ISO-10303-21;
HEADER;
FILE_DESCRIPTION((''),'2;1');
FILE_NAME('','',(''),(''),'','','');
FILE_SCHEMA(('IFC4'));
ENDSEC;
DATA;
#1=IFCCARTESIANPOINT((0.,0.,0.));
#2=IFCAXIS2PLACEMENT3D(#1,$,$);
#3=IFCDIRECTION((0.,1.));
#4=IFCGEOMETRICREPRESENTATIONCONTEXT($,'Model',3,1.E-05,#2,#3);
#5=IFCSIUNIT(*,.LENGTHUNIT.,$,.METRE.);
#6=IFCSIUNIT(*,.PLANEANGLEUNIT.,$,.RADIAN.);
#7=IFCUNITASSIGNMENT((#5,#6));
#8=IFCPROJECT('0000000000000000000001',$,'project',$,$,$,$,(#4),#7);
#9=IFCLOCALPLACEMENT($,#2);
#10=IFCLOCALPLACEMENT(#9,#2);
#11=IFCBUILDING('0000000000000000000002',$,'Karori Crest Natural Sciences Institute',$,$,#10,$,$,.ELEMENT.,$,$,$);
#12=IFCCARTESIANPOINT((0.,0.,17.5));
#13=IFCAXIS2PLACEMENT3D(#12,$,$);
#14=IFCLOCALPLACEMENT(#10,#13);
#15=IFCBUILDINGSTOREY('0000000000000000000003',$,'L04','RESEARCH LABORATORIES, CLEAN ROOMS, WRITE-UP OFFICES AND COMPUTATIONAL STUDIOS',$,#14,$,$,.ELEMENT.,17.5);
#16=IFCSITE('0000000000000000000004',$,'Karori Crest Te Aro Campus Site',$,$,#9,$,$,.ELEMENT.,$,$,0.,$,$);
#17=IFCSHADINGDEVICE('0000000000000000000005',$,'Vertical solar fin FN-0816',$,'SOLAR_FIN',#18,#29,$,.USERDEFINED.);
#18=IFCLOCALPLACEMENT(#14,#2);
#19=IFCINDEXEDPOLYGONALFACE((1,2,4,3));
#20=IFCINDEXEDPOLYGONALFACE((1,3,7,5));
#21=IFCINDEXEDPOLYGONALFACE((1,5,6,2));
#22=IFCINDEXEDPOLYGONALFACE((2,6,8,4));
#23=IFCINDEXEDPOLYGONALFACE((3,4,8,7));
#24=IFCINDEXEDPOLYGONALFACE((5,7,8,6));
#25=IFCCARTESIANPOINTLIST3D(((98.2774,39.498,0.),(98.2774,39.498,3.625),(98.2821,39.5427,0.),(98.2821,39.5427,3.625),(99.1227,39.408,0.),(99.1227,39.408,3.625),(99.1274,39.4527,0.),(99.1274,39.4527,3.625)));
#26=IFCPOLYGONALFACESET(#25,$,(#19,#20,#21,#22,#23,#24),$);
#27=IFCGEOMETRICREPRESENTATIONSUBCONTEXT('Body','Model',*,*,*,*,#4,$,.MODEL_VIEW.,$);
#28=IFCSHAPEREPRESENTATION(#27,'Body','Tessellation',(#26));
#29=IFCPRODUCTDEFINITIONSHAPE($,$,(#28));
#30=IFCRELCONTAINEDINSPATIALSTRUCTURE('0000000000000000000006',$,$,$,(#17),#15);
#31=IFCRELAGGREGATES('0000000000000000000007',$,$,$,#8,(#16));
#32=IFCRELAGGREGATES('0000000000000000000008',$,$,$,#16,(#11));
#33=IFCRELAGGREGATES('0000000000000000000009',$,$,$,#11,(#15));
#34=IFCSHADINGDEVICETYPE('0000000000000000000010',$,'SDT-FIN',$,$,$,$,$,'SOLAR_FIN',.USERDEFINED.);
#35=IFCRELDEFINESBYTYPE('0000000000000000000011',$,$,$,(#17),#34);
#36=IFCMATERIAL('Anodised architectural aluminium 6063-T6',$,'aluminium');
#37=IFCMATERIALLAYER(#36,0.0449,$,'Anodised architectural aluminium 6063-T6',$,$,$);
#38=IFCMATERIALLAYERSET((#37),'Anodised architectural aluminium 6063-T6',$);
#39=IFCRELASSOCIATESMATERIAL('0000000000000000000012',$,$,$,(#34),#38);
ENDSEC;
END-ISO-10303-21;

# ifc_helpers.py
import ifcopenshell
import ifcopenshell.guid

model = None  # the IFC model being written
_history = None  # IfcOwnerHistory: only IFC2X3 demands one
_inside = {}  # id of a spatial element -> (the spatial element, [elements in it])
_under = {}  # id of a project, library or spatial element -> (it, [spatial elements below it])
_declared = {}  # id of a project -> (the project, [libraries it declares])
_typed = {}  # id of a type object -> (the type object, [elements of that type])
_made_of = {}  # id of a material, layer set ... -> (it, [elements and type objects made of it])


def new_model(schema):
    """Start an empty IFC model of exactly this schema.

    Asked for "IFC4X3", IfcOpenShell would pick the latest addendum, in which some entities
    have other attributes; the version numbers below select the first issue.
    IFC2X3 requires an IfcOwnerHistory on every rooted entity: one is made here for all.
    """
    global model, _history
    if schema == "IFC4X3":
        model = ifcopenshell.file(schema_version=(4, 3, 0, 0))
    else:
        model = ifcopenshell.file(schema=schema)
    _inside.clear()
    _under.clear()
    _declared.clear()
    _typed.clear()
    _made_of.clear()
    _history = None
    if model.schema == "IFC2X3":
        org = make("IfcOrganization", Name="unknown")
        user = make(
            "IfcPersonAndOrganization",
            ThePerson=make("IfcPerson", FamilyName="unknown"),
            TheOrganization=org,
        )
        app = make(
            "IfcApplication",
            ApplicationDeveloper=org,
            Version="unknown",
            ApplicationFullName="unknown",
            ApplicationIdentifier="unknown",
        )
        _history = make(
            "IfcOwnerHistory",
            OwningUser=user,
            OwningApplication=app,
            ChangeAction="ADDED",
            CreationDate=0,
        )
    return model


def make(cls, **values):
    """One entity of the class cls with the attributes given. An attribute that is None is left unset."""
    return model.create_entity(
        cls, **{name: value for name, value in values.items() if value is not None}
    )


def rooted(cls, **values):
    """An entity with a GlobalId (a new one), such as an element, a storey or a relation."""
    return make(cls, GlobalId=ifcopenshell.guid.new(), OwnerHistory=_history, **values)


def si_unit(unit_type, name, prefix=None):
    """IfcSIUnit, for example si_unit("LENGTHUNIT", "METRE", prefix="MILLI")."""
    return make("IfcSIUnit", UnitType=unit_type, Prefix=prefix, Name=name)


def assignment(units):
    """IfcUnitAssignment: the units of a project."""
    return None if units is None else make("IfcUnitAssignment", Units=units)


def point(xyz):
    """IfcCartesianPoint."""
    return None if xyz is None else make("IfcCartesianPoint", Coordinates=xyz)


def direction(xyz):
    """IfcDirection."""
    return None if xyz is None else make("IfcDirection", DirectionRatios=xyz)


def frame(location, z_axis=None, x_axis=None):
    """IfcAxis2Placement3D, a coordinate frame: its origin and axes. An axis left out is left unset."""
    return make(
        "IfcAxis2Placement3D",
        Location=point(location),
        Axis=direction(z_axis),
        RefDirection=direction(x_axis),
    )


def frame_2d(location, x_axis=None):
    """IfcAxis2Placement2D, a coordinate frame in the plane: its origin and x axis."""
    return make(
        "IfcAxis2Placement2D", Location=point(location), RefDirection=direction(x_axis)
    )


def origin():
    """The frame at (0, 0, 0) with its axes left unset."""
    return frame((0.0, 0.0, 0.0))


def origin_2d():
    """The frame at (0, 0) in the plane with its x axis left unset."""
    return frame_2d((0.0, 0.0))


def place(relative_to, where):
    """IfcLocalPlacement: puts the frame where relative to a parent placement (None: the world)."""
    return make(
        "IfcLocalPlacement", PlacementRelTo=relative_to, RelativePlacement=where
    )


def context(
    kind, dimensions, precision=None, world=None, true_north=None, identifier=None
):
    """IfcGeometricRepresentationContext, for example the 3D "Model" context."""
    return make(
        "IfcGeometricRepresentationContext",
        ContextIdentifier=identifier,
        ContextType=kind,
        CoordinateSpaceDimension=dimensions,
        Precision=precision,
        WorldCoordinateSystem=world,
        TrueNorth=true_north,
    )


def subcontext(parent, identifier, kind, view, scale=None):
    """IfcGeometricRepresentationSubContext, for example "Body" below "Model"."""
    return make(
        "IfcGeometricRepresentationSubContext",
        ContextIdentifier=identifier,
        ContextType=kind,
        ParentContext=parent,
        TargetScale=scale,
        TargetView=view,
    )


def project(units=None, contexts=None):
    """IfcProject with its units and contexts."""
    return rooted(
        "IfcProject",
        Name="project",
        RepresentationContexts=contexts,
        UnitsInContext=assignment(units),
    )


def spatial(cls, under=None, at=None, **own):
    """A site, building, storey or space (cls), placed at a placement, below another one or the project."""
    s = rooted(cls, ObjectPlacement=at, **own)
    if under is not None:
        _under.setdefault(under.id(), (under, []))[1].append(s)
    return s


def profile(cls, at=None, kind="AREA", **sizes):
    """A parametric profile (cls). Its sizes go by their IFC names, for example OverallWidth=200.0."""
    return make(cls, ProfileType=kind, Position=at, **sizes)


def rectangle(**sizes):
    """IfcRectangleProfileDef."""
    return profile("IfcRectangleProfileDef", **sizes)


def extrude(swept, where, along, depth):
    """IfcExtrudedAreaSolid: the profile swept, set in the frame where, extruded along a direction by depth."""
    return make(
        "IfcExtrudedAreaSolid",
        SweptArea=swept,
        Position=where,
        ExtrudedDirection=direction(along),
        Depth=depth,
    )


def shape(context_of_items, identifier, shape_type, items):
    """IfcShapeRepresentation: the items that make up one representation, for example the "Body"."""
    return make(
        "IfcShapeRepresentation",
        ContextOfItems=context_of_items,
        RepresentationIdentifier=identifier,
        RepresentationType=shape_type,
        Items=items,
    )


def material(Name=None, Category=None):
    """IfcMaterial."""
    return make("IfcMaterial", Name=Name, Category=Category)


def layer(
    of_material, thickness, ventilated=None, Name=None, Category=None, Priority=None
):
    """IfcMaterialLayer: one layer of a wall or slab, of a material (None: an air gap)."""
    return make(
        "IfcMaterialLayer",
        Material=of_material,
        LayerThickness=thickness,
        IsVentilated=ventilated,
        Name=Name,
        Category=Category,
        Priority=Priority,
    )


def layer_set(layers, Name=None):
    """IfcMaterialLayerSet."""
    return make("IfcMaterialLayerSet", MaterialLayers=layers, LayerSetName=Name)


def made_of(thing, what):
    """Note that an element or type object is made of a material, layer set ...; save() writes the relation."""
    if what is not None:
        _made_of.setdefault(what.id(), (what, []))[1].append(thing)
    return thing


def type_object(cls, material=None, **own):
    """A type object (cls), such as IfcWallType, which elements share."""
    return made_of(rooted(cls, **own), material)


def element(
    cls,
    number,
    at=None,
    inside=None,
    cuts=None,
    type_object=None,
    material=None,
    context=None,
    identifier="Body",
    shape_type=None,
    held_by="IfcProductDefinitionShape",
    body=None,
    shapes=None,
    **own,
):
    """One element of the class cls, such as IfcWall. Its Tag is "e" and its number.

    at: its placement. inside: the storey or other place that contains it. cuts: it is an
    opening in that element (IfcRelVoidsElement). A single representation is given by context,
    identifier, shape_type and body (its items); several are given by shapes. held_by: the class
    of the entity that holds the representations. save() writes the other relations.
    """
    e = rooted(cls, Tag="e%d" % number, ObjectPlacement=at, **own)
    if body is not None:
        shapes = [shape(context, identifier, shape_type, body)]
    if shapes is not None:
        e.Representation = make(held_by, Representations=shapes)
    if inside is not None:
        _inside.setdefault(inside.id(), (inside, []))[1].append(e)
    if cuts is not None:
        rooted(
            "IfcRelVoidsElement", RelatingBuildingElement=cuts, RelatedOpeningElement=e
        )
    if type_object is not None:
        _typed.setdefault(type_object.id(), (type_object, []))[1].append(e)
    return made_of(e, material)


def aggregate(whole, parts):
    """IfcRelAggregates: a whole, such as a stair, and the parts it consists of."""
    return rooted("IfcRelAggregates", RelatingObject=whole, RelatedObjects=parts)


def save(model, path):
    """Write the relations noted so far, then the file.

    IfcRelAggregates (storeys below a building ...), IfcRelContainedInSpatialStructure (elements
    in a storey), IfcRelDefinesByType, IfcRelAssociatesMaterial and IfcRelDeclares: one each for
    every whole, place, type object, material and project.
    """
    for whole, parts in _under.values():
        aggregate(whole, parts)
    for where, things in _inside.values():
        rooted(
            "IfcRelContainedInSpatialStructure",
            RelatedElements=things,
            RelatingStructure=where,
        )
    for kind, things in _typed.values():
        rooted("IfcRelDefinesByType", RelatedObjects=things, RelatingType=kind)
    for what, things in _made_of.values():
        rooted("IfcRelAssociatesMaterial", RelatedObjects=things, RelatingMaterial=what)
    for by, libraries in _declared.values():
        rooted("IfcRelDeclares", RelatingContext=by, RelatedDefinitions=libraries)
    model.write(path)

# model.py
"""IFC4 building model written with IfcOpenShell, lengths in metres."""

from ifc_helpers import new_model, si_unit, direction, frame, origin, origin_2d, place, context, subcontext, project, spatial, rectangle, extrude, material, layer, layer_set, type_object, element, save


model = new_model("IFC4")

# Units and contexts
model_context = context("Model", 3, precision=1e-05, world=origin(), true_north=direction((0.0, 1.0)))
body_context = subcontext(model_context, "Body", "Model", "MODEL_VIEW")
ifc_project = project(units=[si_unit("LENGTHUNIT", "METRE"), si_unit("PLANEANGLEUNIT", "RADIAN")], contexts=[model_context])

# Site, building, storey
site_placement = place(None, origin())
site = spatial("IfcSite", under=ifc_project, at=site_placement, Name="Karori Crest Te Aro Campus Site", CompositionType="ELEMENT", RefElevation=0.0)
building_placement = place(site_placement, origin())
building = spatial("IfcBuilding", under=site, at=building_placement, Name="Karori Crest Natural Sciences Institute", CompositionType="ELEMENT")
storey_placement = place(building_placement, frame((0.0, 0.0, 17.5)))
storey = spatial("IfcBuildingStorey", under=building, at=storey_placement, Name="L04", Description="RESEARCH LABORATORIES, CLEAN ROOMS, WRITE-UP OFFICES AND COMPUTATIONAL STUDIOS", CompositionType="ELEMENT", Elevation=17.5)

# Shared definitions
ifc_material_1 = material(Name="Anodised architectural aluminium 6063-T6", Category="aluminium")

# Shading device
ifc_layer_1 = layer(ifc_material_1, 0.0449, Name="Anodised architectural aluminium 6063-T6")
ifc_layer_set_1 = layer_set([ifc_layer_1], Name="Anodised architectural aluminium 6063-T6")
shading_device_type = type_object("IfcShadingDeviceType", Name="SDT-FIN", ElementType="SOLAR_FIN", PredefinedType="USERDEFINED", material=ifc_layer_set_1)
for number, where, z_axis, x_axis, name in (
    (1, (98.7024, 39.4753, 0.0), (0.0, 0.0, 1.0), (0.994378, -0.105886, 0.0), "Vertical solar fin FN-0816"),
):
    element("IfcShadingDevice", number, at=place(storey_placement, frame(where, z_axis=z_axis, x_axis=x_axis)), inside=storey, type_object=shading_device_type, Name=name, ObjectType="SOLAR_FIN", PredefinedType="USERDEFINED", context=body_context, shape_type="SweptSolid", body=[
        extrude(rectangle(XDim=0.8501, YDim=0.0449, at=origin_2d()), origin(), (0.0, 0.0, 1.0), 3.625),
    ])

save(model, "model.ifc")
